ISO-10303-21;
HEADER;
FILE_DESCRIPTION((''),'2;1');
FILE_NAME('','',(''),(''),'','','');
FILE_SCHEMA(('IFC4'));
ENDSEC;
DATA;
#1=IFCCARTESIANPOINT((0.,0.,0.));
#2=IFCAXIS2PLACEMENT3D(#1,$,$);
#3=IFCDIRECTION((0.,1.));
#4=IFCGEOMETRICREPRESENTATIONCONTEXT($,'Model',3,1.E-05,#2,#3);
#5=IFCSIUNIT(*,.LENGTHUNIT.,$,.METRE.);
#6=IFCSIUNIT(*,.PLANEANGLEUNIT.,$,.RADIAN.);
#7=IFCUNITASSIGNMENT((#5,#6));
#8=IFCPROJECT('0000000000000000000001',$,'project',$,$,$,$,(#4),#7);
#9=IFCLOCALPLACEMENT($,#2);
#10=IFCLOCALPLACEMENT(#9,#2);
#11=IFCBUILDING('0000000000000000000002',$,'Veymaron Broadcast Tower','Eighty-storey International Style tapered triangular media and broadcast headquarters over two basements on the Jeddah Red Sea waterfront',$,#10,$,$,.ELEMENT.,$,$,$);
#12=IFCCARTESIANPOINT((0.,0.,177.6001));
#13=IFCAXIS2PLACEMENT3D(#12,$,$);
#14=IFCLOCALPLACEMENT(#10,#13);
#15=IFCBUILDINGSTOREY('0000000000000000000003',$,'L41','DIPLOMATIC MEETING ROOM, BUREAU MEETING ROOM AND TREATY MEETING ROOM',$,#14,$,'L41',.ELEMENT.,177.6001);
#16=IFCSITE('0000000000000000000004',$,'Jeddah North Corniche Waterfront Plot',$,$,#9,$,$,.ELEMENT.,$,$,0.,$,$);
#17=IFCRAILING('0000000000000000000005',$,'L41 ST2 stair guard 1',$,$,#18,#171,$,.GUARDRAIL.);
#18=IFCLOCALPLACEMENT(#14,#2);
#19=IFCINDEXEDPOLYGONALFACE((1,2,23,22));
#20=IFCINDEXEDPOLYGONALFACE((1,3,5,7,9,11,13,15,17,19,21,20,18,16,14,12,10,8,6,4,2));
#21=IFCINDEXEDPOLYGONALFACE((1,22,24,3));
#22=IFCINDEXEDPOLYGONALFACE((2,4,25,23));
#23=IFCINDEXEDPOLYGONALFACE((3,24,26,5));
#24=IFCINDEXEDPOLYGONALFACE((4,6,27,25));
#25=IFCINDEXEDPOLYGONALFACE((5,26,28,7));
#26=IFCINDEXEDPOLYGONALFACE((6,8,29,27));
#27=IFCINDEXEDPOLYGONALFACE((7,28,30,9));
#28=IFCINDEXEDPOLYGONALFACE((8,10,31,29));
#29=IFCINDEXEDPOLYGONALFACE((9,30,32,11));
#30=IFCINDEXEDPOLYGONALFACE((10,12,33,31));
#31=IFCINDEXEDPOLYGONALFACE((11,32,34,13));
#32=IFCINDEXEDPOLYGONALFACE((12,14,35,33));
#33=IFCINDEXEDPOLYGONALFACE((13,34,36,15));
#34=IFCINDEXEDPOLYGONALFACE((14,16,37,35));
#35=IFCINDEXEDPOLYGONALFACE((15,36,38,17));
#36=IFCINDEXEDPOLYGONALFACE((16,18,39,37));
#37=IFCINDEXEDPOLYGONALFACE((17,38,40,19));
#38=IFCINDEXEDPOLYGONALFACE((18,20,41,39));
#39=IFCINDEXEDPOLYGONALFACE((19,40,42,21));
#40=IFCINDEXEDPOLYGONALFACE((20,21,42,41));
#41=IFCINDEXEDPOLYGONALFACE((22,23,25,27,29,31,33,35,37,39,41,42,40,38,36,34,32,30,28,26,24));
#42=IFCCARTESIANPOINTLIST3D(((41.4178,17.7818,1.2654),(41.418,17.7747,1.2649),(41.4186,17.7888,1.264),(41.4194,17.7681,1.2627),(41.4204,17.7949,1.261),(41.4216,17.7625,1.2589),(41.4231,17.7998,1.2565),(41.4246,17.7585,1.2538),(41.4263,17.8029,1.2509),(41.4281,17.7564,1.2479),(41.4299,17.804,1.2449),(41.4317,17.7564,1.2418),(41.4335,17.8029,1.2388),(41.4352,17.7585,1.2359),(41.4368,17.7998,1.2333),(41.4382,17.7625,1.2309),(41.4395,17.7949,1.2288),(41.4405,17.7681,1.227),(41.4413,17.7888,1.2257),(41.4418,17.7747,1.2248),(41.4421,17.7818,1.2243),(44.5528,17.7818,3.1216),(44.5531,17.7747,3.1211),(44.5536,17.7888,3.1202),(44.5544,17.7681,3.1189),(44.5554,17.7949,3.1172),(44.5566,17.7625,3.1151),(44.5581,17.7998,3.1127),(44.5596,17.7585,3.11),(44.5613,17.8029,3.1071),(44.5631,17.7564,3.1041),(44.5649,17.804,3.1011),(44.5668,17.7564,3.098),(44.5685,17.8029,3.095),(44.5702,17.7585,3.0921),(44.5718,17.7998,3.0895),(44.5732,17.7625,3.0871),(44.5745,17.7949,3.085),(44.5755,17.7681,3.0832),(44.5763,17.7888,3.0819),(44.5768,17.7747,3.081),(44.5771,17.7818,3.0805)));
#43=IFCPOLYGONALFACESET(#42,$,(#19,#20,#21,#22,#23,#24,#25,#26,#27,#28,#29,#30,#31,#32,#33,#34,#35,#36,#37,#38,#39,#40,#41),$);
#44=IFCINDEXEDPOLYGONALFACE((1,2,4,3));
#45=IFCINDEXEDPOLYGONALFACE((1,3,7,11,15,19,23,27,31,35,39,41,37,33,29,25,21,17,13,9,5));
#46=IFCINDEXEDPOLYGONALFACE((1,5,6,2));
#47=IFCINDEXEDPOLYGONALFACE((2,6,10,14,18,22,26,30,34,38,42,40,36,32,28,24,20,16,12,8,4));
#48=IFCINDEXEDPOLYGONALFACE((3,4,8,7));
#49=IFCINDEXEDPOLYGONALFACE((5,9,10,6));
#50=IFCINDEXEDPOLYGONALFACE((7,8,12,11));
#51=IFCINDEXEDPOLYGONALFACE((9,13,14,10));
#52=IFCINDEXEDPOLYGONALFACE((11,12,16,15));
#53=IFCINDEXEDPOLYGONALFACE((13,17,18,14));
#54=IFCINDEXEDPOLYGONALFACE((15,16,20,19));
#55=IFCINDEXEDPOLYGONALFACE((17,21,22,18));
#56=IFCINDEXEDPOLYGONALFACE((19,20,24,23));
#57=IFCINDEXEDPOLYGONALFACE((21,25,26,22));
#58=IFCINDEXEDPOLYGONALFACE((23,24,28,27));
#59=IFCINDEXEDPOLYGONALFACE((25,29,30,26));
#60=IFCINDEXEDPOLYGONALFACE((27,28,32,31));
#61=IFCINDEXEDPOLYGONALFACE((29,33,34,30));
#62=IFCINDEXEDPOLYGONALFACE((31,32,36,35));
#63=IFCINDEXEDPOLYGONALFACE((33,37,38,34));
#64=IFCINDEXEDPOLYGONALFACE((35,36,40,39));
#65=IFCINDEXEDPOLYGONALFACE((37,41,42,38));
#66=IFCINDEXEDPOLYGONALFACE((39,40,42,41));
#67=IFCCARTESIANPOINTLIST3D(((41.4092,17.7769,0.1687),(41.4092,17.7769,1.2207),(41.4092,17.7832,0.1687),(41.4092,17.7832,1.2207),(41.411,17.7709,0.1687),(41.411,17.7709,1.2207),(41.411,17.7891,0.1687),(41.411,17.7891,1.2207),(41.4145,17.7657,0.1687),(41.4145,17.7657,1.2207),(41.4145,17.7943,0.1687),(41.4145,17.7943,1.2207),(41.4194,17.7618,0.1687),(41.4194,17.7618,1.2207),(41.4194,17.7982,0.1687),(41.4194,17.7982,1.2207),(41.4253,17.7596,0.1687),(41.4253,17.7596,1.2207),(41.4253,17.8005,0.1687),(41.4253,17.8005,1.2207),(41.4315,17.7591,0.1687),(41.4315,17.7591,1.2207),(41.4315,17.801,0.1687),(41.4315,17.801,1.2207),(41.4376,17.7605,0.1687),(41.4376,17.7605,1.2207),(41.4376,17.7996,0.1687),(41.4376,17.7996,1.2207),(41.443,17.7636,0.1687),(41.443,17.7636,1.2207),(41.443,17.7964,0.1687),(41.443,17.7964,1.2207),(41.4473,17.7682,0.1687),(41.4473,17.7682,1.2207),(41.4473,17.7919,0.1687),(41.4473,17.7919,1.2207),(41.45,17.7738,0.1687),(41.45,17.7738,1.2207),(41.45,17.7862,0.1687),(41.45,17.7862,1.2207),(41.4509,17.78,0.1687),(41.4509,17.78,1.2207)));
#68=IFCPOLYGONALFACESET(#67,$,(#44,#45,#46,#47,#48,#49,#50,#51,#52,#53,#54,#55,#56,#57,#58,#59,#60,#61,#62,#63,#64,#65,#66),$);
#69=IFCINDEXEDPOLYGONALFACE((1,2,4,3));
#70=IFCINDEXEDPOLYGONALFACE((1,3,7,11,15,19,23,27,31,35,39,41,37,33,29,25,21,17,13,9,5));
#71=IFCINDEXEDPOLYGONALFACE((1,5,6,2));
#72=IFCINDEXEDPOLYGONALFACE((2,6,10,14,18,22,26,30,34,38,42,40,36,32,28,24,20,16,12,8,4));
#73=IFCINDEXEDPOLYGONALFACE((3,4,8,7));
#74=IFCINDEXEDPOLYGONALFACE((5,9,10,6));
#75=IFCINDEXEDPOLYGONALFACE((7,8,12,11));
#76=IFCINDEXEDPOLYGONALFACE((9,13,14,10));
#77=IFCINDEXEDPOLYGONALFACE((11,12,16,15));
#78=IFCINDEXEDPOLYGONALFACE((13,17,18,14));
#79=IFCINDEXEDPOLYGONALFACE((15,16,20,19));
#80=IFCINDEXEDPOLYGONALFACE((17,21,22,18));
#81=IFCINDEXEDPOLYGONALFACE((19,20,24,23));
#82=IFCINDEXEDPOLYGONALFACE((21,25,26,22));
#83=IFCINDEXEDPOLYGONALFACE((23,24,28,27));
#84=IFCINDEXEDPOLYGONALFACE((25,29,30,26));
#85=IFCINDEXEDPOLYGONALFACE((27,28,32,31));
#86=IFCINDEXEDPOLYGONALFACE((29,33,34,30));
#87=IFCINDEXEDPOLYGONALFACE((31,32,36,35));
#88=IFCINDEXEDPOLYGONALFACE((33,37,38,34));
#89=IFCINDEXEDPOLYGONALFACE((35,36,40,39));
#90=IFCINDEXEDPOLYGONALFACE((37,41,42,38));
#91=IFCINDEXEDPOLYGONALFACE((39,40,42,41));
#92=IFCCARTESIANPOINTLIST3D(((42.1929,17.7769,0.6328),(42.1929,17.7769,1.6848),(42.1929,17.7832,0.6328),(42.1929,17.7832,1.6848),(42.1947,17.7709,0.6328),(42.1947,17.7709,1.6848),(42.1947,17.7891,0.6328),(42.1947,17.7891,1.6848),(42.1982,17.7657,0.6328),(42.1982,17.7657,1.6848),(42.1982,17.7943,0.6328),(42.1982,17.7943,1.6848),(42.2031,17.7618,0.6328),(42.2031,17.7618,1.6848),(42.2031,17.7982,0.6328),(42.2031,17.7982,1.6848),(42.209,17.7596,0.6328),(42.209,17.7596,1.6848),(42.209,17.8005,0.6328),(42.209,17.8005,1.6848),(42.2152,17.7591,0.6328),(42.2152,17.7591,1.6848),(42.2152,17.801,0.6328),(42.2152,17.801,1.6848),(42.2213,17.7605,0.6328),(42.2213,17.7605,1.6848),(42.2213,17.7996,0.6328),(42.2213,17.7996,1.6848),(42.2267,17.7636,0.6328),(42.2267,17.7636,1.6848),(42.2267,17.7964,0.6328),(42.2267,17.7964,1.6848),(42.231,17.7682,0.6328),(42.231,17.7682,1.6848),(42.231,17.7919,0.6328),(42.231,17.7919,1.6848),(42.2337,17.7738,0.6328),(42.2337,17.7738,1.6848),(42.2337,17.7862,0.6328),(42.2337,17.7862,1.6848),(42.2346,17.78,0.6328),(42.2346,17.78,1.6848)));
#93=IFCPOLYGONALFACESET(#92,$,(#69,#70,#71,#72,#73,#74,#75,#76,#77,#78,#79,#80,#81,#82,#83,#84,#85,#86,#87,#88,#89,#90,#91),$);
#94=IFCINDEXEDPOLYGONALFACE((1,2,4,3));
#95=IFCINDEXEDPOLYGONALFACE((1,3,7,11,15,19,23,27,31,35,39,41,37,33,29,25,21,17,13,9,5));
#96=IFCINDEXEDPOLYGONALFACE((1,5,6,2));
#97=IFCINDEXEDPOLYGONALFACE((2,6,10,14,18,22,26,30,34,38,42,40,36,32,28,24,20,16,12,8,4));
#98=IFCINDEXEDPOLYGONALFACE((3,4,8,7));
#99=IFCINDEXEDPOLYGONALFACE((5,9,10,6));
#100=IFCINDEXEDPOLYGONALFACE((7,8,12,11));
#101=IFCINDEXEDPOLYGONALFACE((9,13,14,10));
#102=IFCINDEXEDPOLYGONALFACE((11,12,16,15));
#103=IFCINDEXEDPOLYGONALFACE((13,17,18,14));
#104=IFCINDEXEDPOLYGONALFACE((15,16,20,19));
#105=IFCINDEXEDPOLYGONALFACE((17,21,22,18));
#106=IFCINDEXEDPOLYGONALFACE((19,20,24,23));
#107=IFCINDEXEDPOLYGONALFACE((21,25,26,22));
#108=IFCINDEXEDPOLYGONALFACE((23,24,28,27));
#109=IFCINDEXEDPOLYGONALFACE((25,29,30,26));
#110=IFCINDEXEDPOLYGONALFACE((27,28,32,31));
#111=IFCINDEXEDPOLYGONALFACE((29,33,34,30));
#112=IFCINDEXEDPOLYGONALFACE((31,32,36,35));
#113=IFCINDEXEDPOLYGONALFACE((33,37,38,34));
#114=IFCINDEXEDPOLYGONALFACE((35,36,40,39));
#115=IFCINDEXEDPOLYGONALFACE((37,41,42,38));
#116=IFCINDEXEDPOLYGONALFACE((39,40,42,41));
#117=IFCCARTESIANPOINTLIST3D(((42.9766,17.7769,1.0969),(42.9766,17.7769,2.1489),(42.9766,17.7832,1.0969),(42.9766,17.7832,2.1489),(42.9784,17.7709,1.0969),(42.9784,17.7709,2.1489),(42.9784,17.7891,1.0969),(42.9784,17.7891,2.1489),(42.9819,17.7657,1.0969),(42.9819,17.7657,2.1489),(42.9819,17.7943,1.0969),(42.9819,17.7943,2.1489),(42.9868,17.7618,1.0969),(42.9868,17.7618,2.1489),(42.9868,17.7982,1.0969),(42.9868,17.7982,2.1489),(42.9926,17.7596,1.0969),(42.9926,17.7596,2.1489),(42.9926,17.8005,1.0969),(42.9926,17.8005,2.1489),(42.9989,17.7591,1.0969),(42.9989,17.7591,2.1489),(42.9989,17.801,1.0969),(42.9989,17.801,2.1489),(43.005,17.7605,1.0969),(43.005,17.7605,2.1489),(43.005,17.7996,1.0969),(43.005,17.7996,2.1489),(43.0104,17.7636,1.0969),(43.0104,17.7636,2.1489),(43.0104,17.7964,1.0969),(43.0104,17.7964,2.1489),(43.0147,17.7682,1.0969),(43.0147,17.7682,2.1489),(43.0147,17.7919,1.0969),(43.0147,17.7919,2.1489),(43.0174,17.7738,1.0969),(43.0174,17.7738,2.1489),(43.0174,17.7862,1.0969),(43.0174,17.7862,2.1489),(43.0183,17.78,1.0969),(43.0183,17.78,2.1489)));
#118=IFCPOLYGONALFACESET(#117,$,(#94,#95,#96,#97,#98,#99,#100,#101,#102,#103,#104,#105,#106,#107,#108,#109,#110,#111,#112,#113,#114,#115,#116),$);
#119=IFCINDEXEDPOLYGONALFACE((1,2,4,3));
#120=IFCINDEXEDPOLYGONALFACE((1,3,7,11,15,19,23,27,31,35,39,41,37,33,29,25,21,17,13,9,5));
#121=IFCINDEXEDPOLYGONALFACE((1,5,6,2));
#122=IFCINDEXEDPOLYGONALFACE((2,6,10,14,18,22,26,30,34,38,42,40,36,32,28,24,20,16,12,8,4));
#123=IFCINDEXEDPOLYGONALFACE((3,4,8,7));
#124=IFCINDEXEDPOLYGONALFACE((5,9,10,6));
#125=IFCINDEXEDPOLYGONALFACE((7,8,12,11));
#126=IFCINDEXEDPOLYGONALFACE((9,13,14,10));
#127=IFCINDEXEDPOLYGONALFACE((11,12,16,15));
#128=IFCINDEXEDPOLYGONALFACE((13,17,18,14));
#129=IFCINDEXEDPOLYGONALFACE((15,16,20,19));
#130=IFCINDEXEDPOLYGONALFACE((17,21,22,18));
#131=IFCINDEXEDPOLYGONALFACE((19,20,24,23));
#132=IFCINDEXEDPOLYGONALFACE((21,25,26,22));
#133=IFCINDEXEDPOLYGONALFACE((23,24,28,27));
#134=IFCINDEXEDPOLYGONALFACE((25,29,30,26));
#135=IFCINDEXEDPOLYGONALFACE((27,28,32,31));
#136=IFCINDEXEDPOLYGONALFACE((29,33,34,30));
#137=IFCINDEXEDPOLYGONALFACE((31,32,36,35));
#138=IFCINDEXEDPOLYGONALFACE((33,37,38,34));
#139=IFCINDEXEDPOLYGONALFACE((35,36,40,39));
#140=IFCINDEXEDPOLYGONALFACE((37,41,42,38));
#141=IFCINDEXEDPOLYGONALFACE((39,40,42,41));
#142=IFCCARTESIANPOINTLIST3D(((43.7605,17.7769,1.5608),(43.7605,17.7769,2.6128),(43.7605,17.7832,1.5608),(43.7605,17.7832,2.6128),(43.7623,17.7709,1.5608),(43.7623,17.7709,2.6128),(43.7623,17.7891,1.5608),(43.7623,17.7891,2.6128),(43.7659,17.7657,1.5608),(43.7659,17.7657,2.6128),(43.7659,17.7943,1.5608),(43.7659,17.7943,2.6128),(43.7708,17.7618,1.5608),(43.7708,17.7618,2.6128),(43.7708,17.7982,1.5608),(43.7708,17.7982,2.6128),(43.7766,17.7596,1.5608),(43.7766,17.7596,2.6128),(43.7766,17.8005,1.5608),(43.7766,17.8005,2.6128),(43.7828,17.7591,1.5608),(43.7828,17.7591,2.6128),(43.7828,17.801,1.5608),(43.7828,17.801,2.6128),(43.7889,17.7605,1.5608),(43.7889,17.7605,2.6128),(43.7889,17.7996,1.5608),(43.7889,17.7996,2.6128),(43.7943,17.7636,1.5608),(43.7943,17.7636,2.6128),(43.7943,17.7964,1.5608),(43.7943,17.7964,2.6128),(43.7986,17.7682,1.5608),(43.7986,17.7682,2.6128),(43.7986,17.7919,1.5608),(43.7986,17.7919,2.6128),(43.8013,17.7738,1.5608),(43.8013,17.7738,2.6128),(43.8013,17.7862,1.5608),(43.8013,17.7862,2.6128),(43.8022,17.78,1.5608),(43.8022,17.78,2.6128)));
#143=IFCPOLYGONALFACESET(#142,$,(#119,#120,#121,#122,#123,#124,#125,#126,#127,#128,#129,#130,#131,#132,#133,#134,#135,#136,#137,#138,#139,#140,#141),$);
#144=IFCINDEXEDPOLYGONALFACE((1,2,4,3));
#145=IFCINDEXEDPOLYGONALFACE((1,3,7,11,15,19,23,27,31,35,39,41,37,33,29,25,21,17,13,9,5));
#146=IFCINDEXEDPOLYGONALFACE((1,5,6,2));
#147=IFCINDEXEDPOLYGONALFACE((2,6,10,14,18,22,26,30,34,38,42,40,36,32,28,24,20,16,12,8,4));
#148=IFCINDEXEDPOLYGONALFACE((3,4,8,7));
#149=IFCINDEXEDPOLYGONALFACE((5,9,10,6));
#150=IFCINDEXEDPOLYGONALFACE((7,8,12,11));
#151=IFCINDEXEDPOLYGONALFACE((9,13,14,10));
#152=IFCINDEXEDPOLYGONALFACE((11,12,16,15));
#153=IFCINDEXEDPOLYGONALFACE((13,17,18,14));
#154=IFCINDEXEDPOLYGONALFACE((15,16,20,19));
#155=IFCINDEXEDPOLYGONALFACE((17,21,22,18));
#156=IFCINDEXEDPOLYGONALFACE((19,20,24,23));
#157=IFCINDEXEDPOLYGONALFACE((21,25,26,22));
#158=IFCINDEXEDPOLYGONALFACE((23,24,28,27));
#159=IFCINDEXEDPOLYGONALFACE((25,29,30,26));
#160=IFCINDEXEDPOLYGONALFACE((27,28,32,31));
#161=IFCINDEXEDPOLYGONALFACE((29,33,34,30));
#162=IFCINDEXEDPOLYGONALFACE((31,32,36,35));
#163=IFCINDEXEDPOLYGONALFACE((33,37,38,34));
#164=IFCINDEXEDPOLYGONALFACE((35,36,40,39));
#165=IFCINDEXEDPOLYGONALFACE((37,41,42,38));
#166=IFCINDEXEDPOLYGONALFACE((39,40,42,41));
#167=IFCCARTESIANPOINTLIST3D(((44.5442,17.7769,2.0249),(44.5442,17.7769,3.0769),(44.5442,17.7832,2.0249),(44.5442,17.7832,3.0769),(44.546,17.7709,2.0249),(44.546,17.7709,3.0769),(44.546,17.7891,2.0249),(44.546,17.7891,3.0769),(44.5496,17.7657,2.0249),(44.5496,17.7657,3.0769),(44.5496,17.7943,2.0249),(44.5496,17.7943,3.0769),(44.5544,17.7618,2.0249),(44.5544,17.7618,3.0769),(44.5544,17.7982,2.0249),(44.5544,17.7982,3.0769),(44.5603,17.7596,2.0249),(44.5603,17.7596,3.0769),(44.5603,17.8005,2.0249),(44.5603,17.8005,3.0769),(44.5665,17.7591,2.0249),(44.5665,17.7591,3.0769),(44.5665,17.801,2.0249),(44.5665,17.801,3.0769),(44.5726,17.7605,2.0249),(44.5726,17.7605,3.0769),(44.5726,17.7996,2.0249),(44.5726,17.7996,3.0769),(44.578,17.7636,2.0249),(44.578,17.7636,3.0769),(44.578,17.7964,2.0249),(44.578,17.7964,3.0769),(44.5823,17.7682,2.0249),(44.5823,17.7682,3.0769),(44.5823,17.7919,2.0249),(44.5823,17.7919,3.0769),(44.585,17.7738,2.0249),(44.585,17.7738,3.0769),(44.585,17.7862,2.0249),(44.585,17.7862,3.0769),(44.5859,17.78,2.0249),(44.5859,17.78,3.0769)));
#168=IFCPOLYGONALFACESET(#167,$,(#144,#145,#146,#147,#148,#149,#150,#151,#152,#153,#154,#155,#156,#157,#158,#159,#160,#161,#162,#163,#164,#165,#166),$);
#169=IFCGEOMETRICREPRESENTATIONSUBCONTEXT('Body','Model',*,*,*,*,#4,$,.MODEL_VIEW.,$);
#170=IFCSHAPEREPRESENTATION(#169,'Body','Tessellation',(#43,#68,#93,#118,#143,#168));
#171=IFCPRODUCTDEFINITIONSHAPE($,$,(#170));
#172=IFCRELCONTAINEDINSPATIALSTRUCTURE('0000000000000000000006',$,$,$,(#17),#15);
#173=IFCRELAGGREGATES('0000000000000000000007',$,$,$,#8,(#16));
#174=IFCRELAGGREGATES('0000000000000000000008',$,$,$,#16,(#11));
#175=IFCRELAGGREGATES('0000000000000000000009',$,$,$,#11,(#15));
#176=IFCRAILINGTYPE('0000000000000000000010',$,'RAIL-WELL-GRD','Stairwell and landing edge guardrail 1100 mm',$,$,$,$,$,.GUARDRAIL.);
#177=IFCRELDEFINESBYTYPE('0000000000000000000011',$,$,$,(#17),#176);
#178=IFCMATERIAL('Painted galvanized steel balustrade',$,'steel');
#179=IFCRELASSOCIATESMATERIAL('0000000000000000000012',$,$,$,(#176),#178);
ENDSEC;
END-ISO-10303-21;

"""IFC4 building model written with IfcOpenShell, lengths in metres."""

from ifc_helpers import new_model, si_unit, direction, frame, origin, origin_2d, place, context, subcontext, project, spatial, circle, extrude, material, type_object, element, save


model = new_model("IFC4")

# Units and contexts
model_context = context("Model", 3, precision=1e-05, world=origin(), true_north=direction((0.0, 1.0)))
body_context = subcontext(model_context, "Body", "Model", "MODEL_VIEW")
ifc_project = project(units=[si_unit("LENGTHUNIT", "METRE"), si_unit("PLANEANGLEUNIT", "RADIAN")], contexts=[model_context])

# Site, building, storey
site_placement = place(None, origin())
site = spatial("IfcSite", under=ifc_project, at=site_placement, Name="Jeddah North Corniche Waterfront Plot", CompositionType="ELEMENT", RefElevation=0.0)
building_placement = place(site_placement, origin())
building = spatial("IfcBuilding", under=site, at=building_placement, Name="Veymaron Broadcast Tower", Description="Eighty-storey International Style tapered triangular media and broadcast headquarters over two basements on the Jeddah Red Sea waterfront", CompositionType="ELEMENT")
storey_placement = place(building_placement, frame((0.0, 0.0, 177.6001)))
storey = spatial("IfcBuildingStorey", under=building, at=storey_placement, Name="L41", Description="DIPLOMATIC MEETING ROOM, BUREAU MEETING ROOM AND TREATY MEETING ROOM", LongName="L41", CompositionType="ELEMENT", Elevation=177.6001)

# Railing
ifc_material_1 = material(Name="Painted galvanized steel balustrade", Category="steel")
railing_type_1 = type_object("IfcRailingType", Name="RAIL-WELL-GRD", Description="Stairwell and landing edge guardrail 1100 mm", PredefinedType="GUARDRAIL", material=ifc_material_1)
railing_1_placement = place(storey_placement, frame((41.4299, 17.78, 0.1687)))
element("IfcRailing", 1, at=railing_1_placement, inside=storey, type_object=railing_type_1, Name="L41 ST2 stair guard 1", PredefinedType="GUARDRAIL", context=body_context, shape_type="SweptSolid", body=[
    extrude(circle(Radius=0.0239, at=origin_2d()), frame((0.0, 0.0, 1.0762), z_axis=(0.860482, 0.0, 0.509481), x_axis=(0.0, 1.0, 0.0)), (0.0, 0.0, 1.0), 3.6433),
    extrude(circle(Radius=0.021, at=origin_2d()), origin(), (0.0, 0.0, 1.0), 1.052),
    extrude(circle(Radius=0.021, at=origin_2d()), frame((0.7837, 0.0, 0.4641)), (0.0, 0.0, 1.0), 1.052),
    extrude(circle(Radius=0.021, at=origin_2d()), frame((1.5674, 0.0, 0.9282)), (0.0, 0.0, 1.0), 1.052),
    extrude(circle(Radius=0.021, at=origin_2d()), frame((2.3513, 0.0, 1.3921)), (0.0, 0.0, 1.0), 1.052),
    extrude(circle(Radius=0.021, at=origin_2d()), frame((3.135, 0.0, 1.8562)), (0.0, 0.0, 1.0), 1.052),
])

save(model, "model.ifc")
